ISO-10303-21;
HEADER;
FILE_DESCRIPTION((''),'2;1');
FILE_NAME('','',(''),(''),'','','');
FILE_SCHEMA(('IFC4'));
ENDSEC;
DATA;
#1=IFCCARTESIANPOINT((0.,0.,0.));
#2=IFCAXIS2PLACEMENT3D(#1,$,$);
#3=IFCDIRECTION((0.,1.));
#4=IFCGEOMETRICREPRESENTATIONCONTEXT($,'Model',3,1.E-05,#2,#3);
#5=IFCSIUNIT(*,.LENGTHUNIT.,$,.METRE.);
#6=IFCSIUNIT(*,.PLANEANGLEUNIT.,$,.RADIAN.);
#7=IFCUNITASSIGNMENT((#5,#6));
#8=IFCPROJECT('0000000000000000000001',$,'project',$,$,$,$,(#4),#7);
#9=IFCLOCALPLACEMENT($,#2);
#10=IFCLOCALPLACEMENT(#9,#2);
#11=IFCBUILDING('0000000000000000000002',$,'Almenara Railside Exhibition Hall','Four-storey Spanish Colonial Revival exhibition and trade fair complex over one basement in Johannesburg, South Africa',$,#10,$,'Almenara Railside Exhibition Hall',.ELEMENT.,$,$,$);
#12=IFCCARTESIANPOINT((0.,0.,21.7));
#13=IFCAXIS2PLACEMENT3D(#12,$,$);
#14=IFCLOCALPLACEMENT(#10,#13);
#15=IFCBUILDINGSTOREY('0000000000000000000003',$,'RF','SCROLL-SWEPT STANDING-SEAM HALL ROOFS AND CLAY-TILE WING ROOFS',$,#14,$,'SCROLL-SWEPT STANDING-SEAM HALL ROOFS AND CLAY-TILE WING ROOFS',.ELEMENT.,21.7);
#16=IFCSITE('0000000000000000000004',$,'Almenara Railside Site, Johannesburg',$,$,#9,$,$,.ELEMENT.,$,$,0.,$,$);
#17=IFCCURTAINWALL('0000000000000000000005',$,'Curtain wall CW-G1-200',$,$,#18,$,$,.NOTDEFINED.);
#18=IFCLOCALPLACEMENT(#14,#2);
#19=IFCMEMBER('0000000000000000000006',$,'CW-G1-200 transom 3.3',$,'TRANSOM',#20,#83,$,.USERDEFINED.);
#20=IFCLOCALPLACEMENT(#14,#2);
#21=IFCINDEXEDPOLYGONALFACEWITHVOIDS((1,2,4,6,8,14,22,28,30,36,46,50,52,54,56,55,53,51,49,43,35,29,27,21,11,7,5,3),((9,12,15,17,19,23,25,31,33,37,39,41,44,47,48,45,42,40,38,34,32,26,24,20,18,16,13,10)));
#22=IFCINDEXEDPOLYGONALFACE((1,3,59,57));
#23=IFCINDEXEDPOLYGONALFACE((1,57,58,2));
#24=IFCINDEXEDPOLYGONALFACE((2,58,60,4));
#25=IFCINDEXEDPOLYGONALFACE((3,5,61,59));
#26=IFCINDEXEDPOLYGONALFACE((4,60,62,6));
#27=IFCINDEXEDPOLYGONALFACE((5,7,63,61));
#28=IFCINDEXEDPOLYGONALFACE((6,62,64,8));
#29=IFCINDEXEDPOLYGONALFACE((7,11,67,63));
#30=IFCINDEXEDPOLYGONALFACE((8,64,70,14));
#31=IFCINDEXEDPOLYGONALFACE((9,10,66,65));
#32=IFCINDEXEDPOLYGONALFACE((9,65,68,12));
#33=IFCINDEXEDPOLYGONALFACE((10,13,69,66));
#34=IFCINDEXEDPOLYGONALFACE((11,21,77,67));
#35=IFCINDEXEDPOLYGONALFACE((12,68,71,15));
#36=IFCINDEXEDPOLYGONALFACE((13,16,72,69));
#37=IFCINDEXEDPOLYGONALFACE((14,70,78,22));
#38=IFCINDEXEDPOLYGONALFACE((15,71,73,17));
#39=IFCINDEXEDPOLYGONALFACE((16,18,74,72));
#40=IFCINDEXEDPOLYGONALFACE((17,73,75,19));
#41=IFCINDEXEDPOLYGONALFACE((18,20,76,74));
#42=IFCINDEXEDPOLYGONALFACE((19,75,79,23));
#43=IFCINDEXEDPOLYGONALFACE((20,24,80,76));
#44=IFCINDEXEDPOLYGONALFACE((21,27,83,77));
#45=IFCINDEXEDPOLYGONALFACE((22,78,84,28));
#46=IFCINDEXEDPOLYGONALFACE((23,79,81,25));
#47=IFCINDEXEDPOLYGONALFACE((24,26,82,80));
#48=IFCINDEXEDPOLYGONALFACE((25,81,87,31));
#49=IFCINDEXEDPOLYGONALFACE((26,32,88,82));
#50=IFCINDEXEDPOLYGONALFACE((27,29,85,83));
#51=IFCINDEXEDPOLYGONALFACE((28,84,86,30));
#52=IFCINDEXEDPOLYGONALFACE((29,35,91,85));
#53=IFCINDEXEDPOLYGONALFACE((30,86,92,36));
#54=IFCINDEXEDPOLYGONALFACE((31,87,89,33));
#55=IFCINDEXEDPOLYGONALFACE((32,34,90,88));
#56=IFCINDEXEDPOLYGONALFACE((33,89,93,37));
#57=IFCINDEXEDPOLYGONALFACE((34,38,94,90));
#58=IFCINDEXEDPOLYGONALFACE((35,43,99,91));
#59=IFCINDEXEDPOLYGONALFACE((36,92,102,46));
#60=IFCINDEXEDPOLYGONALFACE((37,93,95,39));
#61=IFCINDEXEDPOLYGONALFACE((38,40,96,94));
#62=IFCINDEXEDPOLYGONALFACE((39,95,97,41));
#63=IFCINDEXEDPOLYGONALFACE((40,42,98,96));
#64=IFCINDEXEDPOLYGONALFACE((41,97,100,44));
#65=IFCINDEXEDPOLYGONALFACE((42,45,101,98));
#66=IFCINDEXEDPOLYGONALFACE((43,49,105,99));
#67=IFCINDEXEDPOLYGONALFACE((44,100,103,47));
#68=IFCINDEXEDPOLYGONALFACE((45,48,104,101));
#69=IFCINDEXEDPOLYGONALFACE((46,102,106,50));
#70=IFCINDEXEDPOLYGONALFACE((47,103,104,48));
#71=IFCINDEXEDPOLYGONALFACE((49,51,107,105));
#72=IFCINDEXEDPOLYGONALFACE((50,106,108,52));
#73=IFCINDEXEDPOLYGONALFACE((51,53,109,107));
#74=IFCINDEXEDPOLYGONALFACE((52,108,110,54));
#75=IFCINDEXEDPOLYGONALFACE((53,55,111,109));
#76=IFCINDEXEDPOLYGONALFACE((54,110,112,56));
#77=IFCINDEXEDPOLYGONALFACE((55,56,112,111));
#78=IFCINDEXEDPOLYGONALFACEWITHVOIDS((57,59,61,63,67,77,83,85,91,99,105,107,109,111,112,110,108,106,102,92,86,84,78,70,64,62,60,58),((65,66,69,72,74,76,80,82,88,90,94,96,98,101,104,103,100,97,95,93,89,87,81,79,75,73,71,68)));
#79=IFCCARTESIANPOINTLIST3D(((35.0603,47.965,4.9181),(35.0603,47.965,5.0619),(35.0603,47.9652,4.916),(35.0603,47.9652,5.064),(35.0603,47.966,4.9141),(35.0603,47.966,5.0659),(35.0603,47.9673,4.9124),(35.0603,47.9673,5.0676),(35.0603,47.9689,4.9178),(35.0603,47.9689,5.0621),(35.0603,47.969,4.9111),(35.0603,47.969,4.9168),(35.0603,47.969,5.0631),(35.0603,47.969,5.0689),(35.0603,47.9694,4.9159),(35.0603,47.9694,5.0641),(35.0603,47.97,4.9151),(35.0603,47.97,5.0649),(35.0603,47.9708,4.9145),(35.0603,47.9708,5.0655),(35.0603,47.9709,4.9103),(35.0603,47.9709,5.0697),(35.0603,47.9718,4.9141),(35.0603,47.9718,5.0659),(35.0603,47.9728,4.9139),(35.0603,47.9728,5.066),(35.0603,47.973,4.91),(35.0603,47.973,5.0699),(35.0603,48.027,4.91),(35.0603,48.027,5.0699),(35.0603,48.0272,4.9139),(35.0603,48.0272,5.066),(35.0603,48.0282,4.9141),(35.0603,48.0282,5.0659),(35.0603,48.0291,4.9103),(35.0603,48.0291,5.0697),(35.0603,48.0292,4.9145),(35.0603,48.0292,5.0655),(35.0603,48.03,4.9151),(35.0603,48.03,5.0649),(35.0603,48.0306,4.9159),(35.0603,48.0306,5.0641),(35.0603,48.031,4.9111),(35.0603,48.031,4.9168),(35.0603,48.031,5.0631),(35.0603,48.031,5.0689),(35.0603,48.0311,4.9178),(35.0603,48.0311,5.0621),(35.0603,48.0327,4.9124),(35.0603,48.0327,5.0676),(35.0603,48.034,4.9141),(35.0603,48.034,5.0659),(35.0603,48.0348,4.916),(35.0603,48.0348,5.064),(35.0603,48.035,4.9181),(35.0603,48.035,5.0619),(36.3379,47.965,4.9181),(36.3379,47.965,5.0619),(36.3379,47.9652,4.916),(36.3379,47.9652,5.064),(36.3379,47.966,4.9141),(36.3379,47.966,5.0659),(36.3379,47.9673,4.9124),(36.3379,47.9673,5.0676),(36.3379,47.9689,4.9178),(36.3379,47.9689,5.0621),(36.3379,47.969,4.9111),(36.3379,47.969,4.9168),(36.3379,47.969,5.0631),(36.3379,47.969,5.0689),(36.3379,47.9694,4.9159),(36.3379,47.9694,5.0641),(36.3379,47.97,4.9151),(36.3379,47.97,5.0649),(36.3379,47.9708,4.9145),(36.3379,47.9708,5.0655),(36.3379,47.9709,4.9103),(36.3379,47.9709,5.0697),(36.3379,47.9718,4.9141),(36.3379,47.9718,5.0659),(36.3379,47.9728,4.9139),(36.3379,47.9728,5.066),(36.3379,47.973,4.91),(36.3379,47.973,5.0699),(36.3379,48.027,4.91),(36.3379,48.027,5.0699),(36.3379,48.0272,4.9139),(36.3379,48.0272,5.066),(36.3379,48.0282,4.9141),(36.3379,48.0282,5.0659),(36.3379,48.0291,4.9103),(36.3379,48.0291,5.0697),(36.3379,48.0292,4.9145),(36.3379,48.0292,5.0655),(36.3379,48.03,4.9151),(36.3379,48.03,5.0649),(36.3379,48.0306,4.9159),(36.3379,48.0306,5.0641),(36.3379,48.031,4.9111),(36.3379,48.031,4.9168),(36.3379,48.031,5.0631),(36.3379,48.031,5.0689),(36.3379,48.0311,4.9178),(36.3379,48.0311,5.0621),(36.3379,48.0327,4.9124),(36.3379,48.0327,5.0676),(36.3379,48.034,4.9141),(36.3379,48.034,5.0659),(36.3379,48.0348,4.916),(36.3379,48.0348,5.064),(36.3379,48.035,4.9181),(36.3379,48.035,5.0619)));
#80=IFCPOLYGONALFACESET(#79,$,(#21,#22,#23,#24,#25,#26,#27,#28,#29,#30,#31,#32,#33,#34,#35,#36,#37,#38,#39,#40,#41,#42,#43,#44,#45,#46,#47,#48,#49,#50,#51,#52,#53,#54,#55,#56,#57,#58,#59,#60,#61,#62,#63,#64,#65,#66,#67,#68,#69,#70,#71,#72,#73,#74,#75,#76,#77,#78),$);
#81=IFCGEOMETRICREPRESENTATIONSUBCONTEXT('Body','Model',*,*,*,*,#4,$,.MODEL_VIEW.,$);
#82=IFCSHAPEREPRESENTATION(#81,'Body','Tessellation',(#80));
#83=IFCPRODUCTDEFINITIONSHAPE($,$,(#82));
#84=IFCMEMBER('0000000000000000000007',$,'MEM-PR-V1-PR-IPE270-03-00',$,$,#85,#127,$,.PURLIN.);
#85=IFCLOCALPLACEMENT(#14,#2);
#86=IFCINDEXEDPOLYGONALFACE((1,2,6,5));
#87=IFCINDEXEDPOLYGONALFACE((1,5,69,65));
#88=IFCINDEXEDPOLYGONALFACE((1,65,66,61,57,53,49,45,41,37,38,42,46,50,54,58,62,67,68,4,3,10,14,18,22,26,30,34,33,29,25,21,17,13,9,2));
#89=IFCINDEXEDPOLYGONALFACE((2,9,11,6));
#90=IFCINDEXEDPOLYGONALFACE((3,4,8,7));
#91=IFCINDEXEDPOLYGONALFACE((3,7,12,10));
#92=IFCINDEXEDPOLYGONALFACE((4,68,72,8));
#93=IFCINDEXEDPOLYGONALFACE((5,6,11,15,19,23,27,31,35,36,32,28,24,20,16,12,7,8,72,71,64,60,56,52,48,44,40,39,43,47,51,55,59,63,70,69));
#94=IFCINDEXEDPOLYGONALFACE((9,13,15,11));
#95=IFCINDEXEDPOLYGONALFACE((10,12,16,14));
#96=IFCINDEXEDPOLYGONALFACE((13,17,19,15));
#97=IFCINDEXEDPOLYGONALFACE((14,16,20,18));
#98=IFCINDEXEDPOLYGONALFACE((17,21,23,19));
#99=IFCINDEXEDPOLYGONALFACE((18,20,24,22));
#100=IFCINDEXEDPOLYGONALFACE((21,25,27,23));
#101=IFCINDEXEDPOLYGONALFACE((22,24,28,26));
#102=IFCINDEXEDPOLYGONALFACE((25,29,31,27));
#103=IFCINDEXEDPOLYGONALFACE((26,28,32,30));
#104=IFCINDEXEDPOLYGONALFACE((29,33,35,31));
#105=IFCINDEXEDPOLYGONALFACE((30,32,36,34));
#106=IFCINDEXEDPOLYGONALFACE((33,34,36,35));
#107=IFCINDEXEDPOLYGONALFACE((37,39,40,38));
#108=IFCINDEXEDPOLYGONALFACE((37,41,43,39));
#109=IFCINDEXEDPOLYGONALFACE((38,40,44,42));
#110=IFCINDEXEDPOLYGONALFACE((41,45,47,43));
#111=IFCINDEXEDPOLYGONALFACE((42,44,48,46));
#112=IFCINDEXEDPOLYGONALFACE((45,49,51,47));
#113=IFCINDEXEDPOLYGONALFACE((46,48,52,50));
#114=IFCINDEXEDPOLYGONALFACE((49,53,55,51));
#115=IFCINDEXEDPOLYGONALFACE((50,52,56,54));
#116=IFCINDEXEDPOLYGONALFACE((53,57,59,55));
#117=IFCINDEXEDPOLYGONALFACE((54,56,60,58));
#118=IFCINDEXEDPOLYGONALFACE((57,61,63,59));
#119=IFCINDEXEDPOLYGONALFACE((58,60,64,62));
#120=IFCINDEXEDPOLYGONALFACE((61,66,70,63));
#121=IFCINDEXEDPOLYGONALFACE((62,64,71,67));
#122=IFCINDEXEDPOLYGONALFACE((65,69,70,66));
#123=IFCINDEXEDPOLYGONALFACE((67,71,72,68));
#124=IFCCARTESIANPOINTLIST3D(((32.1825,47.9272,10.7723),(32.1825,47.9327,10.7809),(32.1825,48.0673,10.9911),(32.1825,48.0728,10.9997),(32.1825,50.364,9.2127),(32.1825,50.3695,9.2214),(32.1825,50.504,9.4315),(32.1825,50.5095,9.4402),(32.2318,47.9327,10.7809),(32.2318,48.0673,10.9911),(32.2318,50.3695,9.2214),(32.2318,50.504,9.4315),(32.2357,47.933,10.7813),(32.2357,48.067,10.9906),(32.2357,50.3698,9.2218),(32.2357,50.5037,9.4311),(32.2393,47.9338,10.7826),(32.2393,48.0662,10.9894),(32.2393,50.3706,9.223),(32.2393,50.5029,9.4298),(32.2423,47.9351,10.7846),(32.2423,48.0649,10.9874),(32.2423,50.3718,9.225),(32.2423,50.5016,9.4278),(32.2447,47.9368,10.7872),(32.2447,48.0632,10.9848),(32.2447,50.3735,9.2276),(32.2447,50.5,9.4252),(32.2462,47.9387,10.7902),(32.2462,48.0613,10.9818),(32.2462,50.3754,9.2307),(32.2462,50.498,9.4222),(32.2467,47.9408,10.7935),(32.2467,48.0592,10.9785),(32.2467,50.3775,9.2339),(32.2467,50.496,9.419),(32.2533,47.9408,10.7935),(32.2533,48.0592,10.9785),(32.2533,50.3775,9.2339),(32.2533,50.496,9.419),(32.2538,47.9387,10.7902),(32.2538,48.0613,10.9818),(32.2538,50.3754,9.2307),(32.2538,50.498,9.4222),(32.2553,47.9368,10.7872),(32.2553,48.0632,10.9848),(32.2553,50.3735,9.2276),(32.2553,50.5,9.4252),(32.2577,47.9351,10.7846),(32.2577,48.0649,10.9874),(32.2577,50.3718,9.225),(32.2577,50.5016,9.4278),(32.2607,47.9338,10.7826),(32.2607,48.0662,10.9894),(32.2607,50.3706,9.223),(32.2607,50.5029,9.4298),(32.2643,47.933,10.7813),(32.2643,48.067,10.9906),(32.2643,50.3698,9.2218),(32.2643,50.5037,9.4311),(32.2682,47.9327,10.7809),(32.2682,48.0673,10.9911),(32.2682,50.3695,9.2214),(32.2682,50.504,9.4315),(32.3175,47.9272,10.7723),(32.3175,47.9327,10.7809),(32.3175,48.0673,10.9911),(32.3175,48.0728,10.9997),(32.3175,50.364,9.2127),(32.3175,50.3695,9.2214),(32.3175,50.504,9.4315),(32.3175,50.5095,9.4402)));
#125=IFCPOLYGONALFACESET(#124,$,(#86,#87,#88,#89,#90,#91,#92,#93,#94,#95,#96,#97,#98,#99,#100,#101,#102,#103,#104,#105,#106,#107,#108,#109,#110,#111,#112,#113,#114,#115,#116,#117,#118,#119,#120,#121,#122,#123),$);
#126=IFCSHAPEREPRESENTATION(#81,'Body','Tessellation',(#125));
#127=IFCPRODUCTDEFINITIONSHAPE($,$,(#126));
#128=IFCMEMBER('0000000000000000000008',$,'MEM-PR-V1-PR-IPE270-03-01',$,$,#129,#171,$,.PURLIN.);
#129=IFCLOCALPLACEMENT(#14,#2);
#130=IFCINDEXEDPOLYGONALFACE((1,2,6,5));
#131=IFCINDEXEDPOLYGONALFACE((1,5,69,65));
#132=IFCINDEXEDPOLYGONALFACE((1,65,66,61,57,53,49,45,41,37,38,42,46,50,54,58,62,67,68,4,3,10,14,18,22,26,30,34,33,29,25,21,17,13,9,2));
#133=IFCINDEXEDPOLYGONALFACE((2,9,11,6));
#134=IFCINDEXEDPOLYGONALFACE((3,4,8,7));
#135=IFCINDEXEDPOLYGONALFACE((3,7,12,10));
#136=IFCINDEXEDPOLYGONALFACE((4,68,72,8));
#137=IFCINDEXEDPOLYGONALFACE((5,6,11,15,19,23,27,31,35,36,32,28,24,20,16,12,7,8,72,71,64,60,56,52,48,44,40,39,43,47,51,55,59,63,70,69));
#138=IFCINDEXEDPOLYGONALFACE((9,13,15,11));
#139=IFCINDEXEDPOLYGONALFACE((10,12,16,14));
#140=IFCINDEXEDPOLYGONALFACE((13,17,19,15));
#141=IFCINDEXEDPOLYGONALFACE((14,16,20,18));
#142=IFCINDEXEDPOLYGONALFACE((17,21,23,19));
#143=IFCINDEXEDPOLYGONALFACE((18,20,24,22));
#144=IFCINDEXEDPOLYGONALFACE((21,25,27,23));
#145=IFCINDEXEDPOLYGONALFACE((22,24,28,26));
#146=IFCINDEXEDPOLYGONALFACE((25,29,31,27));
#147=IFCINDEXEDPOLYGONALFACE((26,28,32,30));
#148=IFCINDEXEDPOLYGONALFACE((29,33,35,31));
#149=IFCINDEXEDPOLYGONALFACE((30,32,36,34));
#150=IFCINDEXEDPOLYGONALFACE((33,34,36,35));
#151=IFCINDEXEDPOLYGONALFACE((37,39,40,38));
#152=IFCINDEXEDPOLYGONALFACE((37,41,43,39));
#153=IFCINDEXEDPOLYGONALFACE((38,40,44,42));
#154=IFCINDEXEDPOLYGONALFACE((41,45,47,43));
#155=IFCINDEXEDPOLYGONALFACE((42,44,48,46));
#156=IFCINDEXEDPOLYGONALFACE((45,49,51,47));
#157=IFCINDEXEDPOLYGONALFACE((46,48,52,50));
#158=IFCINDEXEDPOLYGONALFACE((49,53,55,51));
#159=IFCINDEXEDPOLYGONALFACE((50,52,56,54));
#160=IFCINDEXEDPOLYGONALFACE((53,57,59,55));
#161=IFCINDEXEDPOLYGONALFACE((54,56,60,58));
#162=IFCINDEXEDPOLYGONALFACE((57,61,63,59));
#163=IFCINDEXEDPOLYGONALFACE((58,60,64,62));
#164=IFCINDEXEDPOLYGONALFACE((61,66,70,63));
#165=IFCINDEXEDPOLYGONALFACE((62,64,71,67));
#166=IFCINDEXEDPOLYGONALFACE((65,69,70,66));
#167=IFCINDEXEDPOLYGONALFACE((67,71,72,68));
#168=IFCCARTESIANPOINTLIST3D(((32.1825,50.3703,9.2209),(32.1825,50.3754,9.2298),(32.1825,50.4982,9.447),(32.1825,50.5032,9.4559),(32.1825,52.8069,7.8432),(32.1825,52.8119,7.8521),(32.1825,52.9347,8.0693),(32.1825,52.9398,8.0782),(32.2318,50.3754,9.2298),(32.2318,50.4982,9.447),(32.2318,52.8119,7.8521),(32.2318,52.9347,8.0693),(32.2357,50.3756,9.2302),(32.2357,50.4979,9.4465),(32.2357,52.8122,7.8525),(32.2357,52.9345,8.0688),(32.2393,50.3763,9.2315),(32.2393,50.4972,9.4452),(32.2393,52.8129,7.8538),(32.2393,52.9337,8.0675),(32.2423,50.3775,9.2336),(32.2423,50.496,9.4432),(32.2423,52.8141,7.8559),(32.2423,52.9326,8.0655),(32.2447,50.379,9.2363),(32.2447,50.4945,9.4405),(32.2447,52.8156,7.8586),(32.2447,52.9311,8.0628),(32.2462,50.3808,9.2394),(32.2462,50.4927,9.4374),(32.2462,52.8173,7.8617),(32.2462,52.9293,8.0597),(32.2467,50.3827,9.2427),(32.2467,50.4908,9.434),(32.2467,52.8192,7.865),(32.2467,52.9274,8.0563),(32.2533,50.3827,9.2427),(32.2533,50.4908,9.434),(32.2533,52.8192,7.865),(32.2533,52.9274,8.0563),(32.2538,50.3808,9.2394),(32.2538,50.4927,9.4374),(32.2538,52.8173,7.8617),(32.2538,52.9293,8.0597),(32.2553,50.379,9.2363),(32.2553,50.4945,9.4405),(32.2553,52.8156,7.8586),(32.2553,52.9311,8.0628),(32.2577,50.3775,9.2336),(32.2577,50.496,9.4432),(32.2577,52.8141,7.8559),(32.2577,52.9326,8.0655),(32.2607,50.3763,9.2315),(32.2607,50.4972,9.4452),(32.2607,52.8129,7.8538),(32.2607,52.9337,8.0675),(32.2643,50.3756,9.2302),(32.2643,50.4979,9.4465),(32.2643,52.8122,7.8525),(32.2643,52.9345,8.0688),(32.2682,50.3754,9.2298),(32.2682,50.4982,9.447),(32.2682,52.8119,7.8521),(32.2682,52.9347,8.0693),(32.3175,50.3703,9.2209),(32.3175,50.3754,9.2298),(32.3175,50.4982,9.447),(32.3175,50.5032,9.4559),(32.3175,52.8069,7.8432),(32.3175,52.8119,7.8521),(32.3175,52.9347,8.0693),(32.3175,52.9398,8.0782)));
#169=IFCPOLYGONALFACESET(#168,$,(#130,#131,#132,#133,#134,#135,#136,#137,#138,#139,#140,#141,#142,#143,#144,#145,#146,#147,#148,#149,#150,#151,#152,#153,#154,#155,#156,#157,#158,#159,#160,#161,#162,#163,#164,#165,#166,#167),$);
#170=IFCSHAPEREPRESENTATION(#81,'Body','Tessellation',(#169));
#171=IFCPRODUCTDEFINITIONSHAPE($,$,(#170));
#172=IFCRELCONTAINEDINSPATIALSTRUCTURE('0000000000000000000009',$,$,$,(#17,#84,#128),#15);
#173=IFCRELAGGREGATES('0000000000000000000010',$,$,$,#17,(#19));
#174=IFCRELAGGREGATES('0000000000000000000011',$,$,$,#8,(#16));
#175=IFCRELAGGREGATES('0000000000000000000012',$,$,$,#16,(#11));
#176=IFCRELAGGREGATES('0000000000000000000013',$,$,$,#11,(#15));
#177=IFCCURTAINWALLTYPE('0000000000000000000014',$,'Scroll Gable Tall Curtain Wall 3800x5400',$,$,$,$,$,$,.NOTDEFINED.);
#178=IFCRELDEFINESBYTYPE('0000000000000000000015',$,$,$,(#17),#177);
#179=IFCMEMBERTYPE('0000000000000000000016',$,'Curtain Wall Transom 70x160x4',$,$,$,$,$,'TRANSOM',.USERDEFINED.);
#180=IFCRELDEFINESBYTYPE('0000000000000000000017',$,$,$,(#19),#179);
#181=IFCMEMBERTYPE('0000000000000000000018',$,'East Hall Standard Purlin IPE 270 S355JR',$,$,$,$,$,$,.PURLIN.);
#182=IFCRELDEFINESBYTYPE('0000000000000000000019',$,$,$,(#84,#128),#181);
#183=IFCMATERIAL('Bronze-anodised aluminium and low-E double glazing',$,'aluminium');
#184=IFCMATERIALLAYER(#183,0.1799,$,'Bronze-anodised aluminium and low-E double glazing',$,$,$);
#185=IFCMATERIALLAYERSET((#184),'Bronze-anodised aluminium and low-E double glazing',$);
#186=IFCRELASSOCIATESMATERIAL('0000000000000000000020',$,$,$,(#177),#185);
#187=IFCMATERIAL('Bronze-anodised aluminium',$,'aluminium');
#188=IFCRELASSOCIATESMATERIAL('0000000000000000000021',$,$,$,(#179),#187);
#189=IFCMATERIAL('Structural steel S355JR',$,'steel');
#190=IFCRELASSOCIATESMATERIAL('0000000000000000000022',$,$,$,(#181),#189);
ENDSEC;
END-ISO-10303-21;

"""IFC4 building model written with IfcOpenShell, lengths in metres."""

from ifc_helpers import new_model, si_unit, direction, frame, origin, origin_2d, place, context, subcontext, project, spatial, hollow_rectangle, i_section, extrude, material, layer, layer_set, material_profile, profile_set, type_object, element, aggregate, save


model = new_model("IFC4")

# Units and contexts
model_context = context("Model", 3, precision=1e-05, world=origin(), true_north=direction((0.0, 1.0)))
body_context = subcontext(model_context, "Body", "Model", "MODEL_VIEW")
ifc_project = project(units=[si_unit("LENGTHUNIT", "METRE"), si_unit("PLANEANGLEUNIT", "RADIAN")], contexts=[model_context])

# Site, building, storey
site_placement = place(None, origin())
site = spatial("IfcSite", under=ifc_project, at=site_placement, Name="Almenara Railside Site, Johannesburg", CompositionType="ELEMENT", RefElevation=0.0)
building_placement = place(site_placement, origin())
building = spatial("IfcBuilding", under=site, at=building_placement, Name="Almenara Railside Exhibition Hall", Description="Four-storey Spanish Colonial Revival exhibition and trade fair complex over one basement in Johannesburg, South Africa", LongName="Almenara Railside Exhibition Hall", CompositionType="ELEMENT")
storey_placement = place(building_placement, frame((0.0, 0.0, 21.7)))
storey = spatial("IfcBuildingStorey", under=building, at=storey_placement, Name="RF", Description="SCROLL-SWEPT STANDING-SEAM HALL ROOFS AND CLAY-TILE WING ROOFS", LongName="SCROLL-SWEPT STANDING-SEAM HALL ROOFS AND CLAY-TILE WING ROOFS", CompositionType="ELEMENT", Elevation=21.7)

# Shared definitions
ifc_material_1 = material(Name="Structural steel S355JR", Category="steel")

# Curtain wall, member
ifc_material_2 = material(Name="Bronze-anodised aluminium and low-E double glazing", Category="aluminium")
ifc_layer_1 = layer(ifc_material_2, 0.1799, Name="Bronze-anodised aluminium and low-E double glazing")
ifc_layer_set_1 = layer_set([ifc_layer_1], Name="Bronze-anodised aluminium and low-E double glazing")
curtain_wall_type = type_object("IfcCurtainWallType", Name="Scroll Gable Tall Curtain Wall 3800x5400", PredefinedType="NOTDEFINED", material=ifc_layer_set_1)
ifc_material_3 = material(Name="Bronze-anodised aluminium", Category="aluminium")
curtain_wall_1_placement = place(storey_placement, origin())
curtain_wall_1 = element("IfcCurtainWall", 1, at=curtain_wall_1_placement, inside=storey, type_object=curtain_wall_type, Name="Curtain wall CW-G1-200", PredefinedType="NOTDEFINED")
ifc_material_profile_1 = material_profile(ifc_material_3, hollow_rectangle(XDim=0.0701, YDim=0.1599, WallThickness=0.0039, InnerFilletRadius=0.0039, OuterFilletRadius=0.0081, at=origin_2d()), Name="ALU-TRN 70x160x4")
ifc_profile_set_1 = profile_set([ifc_material_profile_1], Name="Bronze-anodised aluminium")
member_type_1 = type_object("IfcMemberType", Name="Curtain Wall Transom 70x160x4", ElementType="TRANSOM", PredefinedType="USERDEFINED", material=ifc_profile_set_1)
member_1_placement = place(storey_placement, frame((35.0603, 48.0, 4.99), z_axis=(1.0, 0.0, 0.0), x_axis=(0.0, 1.0, 0.0)))
member_1 = element("IfcMember", 2, at=member_1_placement, type_object=member_type_1, Name="CW-G1-200 transom 3.3", ObjectType="TRANSOM", PredefinedType="USERDEFINED", context=body_context, shape_type="SweptSolid", body=[
    extrude(hollow_rectangle(XDim=0.0701, YDim=0.1599, WallThickness=0.0039, InnerFilletRadius=0.0039, OuterFilletRadius=0.0081, at=origin_2d()), origin(), (0.0, 0.0, 1.0), 1.2776),
])

# Members
ifc_material_profile_2 = material_profile(ifc_material_1, i_section(OverallWidth=0.135, OverallDepth=0.27, WebThickness=0.0066, FlangeThickness=0.0103, FilletRadius=0.0149, at=origin_2d()), Name="IPE 270")
ifc_profile_set_2 = profile_set([ifc_material_profile_2], Name="Structural steel S355JR")
member_type_2 = type_object("IfcMemberType", Name="East Hall Standard Purlin IPE 270 S355JR", PredefinedType="PURLIN", material=ifc_profile_set_2)
member_2_placement = place(storey_placement, frame((32.25, 48.0, 10.886), z_axis=(0.0, 0.842265, -0.539063), x_axis=(-1.0, 0.0, 0.0)))
element("IfcMember", 3, at=member_2_placement, inside=storey, type_object=member_type_2, Name="MEM-PR-V1-PR-IPE270-03-00", PredefinedType="PURLIN", context=body_context, shape_type="SweptSolid", body=[
    extrude(i_section(OverallWidth=0.135, OverallDepth=0.27, WebThickness=0.0066, FlangeThickness=0.0103, FilletRadius=0.0149, at=origin_2d()), origin(), (0.0, 0.0, 1.0), 2.8931),
])
member_3_placement = place(storey_placement, frame((32.25, 50.4368, 9.3384), z_axis=(0.0, 0.870483, -0.492198), x_axis=(-1.0, 0.0, 0.0)))
element("IfcMember", 4, at=member_3_placement, inside=storey, type_object=member_type_2, Name="MEM-PR-V1-PR-IPE270-03-01", PredefinedType="PURLIN", context=body_context, shape_type="SweptSolid", body=[
    extrude(i_section(OverallWidth=0.135, OverallDepth=0.27, WebThickness=0.0066, FlangeThickness=0.0103, FilletRadius=0.0149, at=origin_2d()), origin(), (0.0, 0.0, 1.0), 2.7991),
])

aggregate(curtain_wall_1, [member_1])

save(model, "model.ifc")
